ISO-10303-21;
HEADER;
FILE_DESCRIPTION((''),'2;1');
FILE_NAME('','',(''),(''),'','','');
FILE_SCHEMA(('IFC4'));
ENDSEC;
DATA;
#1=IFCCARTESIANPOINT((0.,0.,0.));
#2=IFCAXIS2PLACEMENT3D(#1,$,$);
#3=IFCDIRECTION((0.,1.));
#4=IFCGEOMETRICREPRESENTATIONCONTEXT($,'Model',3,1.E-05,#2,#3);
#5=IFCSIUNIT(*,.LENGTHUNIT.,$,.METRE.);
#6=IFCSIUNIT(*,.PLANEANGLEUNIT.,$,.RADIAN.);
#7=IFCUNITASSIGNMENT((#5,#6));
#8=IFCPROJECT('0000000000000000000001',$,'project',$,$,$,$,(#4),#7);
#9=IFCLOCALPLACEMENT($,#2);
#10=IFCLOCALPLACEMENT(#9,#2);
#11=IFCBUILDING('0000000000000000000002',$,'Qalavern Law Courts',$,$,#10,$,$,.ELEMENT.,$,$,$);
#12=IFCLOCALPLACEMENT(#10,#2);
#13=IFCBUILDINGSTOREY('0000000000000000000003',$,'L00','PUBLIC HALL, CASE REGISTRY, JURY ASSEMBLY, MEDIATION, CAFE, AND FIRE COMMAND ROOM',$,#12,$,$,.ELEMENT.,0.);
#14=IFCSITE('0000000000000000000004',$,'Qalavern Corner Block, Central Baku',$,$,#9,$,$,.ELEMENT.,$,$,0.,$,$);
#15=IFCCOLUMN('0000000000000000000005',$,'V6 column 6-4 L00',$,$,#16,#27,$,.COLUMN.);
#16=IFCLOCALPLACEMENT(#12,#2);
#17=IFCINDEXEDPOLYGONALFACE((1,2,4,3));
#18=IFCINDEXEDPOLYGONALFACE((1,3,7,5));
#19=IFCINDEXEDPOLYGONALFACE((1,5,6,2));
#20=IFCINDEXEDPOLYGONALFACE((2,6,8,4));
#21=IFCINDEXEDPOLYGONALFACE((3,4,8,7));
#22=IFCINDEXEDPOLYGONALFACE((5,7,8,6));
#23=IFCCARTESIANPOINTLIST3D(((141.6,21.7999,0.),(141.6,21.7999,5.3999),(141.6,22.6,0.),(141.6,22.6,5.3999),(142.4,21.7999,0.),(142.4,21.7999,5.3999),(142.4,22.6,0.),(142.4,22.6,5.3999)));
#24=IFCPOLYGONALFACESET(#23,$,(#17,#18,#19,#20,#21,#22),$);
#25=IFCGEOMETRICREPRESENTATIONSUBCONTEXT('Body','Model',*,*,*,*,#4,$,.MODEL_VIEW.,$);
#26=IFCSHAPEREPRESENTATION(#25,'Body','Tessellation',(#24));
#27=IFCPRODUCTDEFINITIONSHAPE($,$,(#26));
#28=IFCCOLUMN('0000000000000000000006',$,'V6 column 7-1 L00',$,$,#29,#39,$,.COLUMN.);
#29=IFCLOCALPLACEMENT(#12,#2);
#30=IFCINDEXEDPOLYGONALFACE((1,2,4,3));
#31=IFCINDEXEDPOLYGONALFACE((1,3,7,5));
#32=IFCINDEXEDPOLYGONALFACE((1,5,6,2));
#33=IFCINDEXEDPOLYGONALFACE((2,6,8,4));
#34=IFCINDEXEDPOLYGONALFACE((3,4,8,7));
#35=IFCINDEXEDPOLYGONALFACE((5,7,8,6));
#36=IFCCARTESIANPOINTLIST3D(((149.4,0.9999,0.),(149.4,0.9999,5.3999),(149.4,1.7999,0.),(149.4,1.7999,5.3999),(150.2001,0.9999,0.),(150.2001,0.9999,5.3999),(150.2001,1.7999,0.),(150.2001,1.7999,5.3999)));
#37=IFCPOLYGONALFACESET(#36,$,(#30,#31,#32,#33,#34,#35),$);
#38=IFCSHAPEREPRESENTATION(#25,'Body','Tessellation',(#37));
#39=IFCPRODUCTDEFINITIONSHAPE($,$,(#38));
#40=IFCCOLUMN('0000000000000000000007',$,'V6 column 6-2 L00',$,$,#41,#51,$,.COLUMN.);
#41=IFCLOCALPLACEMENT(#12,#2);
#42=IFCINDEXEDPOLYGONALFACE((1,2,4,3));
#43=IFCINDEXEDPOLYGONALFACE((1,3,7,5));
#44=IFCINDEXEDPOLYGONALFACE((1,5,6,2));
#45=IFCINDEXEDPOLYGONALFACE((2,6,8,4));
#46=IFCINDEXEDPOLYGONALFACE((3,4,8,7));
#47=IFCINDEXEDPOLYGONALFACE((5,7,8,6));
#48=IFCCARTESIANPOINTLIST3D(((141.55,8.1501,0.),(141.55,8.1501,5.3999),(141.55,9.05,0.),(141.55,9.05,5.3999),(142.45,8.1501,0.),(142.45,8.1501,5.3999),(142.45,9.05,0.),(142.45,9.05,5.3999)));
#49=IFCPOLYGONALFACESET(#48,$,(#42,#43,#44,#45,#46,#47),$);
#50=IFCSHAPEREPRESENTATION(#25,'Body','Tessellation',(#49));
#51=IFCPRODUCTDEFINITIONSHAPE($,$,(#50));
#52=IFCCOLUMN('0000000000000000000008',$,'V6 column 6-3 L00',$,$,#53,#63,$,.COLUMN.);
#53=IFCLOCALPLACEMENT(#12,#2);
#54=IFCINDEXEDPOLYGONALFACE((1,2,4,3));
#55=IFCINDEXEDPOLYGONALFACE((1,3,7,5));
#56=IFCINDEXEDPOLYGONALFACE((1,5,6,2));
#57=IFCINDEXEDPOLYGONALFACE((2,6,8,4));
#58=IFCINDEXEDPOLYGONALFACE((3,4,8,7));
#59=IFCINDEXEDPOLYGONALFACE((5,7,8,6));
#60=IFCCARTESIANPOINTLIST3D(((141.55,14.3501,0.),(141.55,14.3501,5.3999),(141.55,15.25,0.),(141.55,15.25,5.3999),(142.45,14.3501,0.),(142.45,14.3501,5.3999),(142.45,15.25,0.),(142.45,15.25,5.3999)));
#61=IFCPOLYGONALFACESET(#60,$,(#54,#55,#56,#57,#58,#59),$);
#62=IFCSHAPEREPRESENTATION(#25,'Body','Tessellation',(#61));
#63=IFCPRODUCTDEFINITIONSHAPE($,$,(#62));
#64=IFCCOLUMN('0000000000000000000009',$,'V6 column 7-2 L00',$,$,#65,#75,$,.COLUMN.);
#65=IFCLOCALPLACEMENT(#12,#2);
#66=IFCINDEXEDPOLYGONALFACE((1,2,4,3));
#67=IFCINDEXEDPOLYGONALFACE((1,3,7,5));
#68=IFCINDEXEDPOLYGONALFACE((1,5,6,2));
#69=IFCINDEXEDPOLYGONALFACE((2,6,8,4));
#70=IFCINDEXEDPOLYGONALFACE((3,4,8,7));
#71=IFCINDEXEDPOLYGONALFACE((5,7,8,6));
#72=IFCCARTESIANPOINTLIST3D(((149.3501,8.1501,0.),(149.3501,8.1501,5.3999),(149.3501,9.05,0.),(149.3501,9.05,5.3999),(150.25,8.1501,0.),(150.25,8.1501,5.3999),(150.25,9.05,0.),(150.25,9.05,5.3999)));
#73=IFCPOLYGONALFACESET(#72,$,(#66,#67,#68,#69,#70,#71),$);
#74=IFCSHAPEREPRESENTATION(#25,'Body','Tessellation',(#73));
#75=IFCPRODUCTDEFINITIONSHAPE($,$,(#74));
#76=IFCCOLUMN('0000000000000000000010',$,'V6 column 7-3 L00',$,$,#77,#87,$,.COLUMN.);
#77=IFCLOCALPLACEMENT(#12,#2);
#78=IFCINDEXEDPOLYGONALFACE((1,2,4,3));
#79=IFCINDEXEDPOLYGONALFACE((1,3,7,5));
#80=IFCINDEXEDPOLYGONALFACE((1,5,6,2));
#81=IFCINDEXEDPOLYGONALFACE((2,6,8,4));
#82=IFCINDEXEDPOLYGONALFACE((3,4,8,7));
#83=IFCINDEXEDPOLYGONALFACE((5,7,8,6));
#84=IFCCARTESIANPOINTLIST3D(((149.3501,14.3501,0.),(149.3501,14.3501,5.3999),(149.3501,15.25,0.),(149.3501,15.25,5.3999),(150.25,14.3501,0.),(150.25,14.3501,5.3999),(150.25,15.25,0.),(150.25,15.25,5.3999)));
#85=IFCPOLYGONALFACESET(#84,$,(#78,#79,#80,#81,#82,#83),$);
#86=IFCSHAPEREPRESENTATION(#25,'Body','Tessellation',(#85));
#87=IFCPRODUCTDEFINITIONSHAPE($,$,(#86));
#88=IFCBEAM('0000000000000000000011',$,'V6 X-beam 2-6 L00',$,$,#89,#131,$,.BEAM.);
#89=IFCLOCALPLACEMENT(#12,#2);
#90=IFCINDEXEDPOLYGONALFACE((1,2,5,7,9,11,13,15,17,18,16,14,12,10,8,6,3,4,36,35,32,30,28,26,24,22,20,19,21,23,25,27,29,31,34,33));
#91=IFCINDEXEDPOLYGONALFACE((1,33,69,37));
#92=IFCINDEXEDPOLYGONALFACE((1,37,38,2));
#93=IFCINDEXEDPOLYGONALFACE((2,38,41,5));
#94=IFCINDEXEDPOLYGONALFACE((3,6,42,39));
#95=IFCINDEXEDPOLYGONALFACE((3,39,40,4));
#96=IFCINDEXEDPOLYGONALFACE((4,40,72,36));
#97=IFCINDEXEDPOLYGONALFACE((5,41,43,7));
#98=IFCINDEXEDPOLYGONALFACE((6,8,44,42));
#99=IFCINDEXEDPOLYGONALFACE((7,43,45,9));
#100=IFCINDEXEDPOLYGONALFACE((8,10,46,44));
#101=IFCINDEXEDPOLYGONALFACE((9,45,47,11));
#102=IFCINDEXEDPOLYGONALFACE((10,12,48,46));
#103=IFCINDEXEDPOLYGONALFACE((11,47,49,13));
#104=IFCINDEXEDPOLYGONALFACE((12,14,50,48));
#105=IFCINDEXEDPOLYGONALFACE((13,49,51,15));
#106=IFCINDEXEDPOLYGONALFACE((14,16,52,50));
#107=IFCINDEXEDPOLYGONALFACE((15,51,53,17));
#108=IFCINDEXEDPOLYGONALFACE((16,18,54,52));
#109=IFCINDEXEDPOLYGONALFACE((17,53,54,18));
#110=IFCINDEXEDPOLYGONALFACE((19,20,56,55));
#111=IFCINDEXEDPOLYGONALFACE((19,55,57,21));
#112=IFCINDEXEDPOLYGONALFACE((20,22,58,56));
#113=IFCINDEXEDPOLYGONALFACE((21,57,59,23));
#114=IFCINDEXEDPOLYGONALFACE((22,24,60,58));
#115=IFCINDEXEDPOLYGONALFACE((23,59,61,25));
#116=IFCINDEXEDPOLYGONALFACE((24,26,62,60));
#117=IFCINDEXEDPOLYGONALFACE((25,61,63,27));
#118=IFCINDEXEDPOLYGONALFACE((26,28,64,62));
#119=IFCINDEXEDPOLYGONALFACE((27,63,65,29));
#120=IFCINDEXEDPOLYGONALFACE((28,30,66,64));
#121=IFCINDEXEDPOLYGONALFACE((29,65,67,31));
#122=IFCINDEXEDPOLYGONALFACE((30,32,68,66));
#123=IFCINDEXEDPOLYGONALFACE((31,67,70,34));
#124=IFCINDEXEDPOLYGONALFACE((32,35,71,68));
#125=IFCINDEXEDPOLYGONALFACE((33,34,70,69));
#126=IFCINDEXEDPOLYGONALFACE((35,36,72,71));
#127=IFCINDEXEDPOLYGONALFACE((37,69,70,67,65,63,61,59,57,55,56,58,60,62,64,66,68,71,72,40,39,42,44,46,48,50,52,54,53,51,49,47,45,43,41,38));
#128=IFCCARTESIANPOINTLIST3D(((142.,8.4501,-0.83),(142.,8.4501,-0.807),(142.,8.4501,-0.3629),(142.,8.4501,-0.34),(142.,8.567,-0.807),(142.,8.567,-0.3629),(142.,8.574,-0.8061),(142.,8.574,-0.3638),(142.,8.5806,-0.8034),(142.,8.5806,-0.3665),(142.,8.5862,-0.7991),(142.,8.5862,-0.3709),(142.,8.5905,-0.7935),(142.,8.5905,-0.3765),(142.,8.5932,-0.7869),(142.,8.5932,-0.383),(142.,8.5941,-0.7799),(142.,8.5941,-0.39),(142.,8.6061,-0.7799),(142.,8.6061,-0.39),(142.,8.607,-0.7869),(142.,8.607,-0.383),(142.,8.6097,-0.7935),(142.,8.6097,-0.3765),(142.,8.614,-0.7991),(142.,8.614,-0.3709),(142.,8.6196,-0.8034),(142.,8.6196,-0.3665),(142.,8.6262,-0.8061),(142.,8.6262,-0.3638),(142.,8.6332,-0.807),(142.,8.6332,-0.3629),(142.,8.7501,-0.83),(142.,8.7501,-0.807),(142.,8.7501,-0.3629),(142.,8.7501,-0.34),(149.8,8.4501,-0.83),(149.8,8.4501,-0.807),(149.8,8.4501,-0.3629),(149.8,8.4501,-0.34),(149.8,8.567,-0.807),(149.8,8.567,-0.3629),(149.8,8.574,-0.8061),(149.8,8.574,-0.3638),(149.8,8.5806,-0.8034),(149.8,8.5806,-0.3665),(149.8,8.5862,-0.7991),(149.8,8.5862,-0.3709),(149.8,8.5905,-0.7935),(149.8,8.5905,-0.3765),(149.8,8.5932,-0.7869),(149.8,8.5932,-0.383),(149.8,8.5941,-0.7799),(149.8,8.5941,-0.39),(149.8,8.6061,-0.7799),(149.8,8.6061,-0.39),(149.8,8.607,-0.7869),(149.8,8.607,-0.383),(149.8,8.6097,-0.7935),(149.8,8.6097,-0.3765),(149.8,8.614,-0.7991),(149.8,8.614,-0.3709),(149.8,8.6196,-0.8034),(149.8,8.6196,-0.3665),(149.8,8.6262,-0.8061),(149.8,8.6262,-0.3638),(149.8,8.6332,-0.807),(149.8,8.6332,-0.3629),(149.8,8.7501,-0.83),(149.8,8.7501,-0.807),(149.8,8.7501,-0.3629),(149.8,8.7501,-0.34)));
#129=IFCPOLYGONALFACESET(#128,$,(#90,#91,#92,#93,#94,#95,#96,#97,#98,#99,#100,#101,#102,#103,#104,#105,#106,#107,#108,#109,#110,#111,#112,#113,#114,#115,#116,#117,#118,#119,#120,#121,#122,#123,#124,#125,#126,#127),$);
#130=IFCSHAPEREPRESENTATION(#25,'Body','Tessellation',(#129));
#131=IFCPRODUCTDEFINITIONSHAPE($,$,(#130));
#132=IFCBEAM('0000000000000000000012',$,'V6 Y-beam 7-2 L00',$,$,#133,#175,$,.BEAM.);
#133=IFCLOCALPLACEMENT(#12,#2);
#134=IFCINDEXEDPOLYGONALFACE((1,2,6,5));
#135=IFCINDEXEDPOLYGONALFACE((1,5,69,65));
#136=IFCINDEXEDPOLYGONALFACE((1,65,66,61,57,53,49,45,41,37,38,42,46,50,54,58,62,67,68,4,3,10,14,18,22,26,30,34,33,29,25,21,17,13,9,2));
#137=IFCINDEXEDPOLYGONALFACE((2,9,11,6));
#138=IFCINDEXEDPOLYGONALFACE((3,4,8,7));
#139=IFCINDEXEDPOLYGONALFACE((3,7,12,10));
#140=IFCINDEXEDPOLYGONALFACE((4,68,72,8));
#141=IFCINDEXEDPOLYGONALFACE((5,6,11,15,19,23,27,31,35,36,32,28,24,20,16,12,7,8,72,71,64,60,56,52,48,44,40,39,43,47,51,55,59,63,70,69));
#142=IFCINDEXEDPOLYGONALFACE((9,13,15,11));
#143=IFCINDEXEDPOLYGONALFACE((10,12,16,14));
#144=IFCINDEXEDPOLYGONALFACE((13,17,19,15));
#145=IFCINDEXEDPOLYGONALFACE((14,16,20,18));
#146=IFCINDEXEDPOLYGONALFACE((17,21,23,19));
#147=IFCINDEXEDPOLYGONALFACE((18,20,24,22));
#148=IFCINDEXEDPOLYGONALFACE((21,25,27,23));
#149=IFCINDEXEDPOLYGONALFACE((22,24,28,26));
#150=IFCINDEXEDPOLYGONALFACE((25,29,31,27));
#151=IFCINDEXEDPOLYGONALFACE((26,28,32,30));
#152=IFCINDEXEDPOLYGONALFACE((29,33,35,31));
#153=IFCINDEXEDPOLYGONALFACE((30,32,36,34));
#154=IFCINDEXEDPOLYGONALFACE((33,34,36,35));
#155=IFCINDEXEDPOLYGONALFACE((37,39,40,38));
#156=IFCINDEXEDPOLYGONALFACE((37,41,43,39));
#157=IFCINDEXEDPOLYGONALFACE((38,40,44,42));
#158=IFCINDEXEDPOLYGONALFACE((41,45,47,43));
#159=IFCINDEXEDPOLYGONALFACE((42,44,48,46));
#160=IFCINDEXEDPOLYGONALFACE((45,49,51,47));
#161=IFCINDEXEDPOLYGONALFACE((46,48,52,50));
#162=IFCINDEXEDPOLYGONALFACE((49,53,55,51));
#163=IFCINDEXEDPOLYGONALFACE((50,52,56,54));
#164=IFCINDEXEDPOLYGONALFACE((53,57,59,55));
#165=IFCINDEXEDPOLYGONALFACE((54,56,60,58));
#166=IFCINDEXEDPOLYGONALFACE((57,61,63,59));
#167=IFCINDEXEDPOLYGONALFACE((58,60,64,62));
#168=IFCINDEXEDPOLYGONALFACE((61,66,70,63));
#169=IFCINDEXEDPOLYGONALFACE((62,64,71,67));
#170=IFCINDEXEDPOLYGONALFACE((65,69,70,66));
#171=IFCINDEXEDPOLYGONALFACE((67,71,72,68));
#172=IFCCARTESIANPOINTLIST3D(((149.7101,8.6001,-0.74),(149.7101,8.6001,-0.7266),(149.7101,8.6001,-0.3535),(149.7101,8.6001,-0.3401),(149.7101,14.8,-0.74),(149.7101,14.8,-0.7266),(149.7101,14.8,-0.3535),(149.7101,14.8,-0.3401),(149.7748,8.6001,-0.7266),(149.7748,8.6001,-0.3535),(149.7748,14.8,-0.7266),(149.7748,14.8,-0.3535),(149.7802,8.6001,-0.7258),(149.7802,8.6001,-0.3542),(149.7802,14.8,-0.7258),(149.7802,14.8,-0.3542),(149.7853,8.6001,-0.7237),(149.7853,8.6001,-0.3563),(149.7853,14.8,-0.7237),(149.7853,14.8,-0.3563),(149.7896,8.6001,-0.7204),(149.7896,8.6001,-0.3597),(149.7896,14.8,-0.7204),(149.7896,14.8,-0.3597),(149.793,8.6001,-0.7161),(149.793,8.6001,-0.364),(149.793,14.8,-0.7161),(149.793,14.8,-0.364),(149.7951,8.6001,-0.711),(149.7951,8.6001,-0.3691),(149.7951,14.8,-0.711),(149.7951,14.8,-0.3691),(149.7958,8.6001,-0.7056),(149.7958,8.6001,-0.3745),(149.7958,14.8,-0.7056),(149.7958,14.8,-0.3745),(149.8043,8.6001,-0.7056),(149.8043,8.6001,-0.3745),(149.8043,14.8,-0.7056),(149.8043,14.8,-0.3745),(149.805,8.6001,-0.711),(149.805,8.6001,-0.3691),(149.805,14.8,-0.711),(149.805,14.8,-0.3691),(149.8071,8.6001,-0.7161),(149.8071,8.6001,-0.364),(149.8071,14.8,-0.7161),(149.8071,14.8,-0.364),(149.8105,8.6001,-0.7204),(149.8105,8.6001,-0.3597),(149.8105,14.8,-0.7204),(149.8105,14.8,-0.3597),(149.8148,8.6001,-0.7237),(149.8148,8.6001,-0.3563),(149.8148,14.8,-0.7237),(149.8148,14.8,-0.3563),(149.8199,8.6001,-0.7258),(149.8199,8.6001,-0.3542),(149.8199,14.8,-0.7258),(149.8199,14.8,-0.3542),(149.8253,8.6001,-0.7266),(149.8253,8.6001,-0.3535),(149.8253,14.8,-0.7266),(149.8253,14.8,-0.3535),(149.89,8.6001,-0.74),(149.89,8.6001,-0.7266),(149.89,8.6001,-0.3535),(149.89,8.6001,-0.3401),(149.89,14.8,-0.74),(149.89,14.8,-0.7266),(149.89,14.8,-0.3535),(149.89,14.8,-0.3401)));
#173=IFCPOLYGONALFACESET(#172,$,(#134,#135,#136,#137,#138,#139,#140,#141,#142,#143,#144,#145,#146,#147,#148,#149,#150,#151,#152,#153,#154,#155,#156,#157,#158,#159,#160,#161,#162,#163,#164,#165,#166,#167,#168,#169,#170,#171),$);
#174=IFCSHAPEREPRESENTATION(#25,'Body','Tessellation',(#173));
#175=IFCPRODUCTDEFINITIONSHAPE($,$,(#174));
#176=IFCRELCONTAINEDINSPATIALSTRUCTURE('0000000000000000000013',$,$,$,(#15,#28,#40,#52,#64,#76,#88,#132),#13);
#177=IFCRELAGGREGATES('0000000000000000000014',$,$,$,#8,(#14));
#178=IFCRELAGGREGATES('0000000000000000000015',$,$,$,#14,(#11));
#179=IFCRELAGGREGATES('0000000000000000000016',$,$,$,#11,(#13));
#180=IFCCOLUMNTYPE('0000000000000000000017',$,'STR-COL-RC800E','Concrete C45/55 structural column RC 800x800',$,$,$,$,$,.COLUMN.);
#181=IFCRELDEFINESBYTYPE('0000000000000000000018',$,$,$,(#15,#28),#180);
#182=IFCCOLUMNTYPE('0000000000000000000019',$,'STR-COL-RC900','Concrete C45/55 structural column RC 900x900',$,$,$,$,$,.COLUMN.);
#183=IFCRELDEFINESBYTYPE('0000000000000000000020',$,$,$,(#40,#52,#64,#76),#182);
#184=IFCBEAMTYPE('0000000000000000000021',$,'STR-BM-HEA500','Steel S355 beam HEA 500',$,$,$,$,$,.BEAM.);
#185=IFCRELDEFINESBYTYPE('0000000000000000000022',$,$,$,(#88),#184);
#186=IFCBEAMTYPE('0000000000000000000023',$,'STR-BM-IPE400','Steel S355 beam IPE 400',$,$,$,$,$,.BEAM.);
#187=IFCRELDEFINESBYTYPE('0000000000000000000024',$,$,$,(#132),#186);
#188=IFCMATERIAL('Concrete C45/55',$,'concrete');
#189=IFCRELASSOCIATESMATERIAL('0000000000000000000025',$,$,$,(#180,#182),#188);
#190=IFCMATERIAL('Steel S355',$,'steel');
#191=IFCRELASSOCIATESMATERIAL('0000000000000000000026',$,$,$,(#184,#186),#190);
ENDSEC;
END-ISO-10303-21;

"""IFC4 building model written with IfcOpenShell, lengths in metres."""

from ifc_helpers import new_model, si_unit, direction, frame, origin, origin_2d, place, context, subcontext, project, spatial, rectangle, i_section, extrude, material, material_profile, profile_set, type_object, element, save


model = new_model("IFC4")

# Units and contexts
model_context = context("Model", 3, precision=1e-05, world=origin(), true_north=direction((0.0, 1.0)))
body_context = subcontext(model_context, "Body", "Model", "MODEL_VIEW")
ifc_project = project(units=[si_unit("LENGTHUNIT", "METRE"), si_unit("PLANEANGLEUNIT", "RADIAN")], contexts=[model_context])

# Site, building, storey
site_placement = place(None, origin())
site = spatial("IfcSite", under=ifc_project, at=site_placement, Name="Qalavern Corner Block, Central Baku", CompositionType="ELEMENT", RefElevation=0.0)
building_placement = place(site_placement, origin())
building = spatial("IfcBuilding", under=site, at=building_placement, Name="Qalavern Law Courts", CompositionType="ELEMENT")
storey_placement = place(building_placement, origin())
storey = spatial("IfcBuildingStorey", under=building, at=storey_placement, Name="L00", Description="PUBLIC HALL, CASE REGISTRY, JURY ASSEMBLY, MEDIATION, CAFE, AND FIRE COMMAND ROOM", CompositionType="ELEMENT", Elevation=0.0)

# Columns
ifc_material_1 = material(Name="Concrete C45/55", Category="concrete")
ifc_material_profile_1 = material_profile(ifc_material_1, rectangle(XDim=0.8, YDim=0.8, at=origin_2d()), Name="RC 800x800")
ifc_profile_set_1 = profile_set([ifc_material_profile_1], Name="Concrete C45/55")
column_type_1 = type_object("IfcColumnType", Name="STR-COL-RC800E", Description="Concrete C45/55 structural column RC 800x800", PredefinedType="COLUMN", material=ifc_profile_set_1)
for number, where, z_axis, x_axis, name in (
    (1, (142.0, 22.2, 0.0), (0.0, 0.0, 1.0), (1.0, 0.0, 0.0), "V6 column 6-4 L00"),
    (2, (149.8, 1.3999, 0.0), (0.0, 0.0, 1.0), (1.0, 0.0, 0.0), "V6 column 7-1 L00"),
):
    element("IfcColumn", number, at=place(storey_placement, frame(where, z_axis=z_axis, x_axis=x_axis)), inside=storey, type_object=column_type_1, Name=name, PredefinedType="COLUMN", context=body_context, shape_type="SweptSolid", body=[
        extrude(rectangle(XDim=0.8, YDim=0.8, at=origin_2d()), origin(), (0.0, 0.0, 1.0), 5.3999),
    ])
ifc_material_profile_2 = material_profile(ifc_material_1, rectangle(XDim=0.8999, YDim=0.8999, at=origin_2d()), Name="RC 900x900")
ifc_profile_set_2 = profile_set([ifc_material_profile_2], Name="Concrete C45/55")
column_type_2 = type_object("IfcColumnType", Name="STR-COL-RC900", Description="Concrete C45/55 structural column RC 900x900", PredefinedType="COLUMN", material=ifc_profile_set_2)
for number, where, z_axis, x_axis, name in (
    (3, (142.0, 8.6001, 0.0), (0.0, 0.0, 1.0), (1.0, 0.0, 0.0), "V6 column 6-2 L00"),
    (4, (142.0, 14.8, 0.0), (0.0, 0.0, 1.0), (1.0, 0.0, 0.0), "V6 column 6-3 L00"),
    (5, (149.8, 8.6001, 0.0), (0.0, 0.0, 1.0), (1.0, 0.0, 0.0), "V6 column 7-2 L00"),
    (6, (149.8, 14.8, 0.0), (0.0, 0.0, 1.0), (1.0, 0.0, 0.0), "V6 column 7-3 L00"),
):
    element("IfcColumn", number, at=place(storey_placement, frame(where, z_axis=z_axis, x_axis=x_axis)), inside=storey, type_object=column_type_2, Name=name, PredefinedType="COLUMN", context=body_context, shape_type="SweptSolid", body=[
        extrude(rectangle(XDim=0.8999, YDim=0.8999, at=origin_2d()), origin(), (0.0, 0.0, 1.0), 5.3999),
    ])

# Beams
ifc_material_2 = material(Name="Steel S355", Category="steel")
ifc_material_profile_3 = material_profile(ifc_material_2, i_section(OverallWidth=0.3, OverallDepth=0.49, WebThickness=0.012, FlangeThickness=0.0229, FilletRadius=0.0271, at=origin_2d()), Name="HEA 500")
ifc_profile_set_3 = profile_set([ifc_material_profile_3], Name="Steel S355")
beam_type_1 = type_object("IfcBeamType", Name="STR-BM-HEA500", Description="Steel S355 beam HEA 500", PredefinedType="BEAM", material=ifc_profile_set_3)
beam_1_placement = place(storey_placement, frame((142.0, 8.6001, -0.585), z_axis=(1.0, 0.0, 0.0), x_axis=(0.0, 1.0, 0.0)))
element("IfcBeam", 7, at=beam_1_placement, inside=storey, type_object=beam_type_1, Name="V6 X-beam 2-6 L00", PredefinedType="BEAM", context=body_context, shape_type="SweptSolid", body=[
    extrude(i_section(OverallWidth=0.3, OverallDepth=0.49, WebThickness=0.012, FlangeThickness=0.0229, FilletRadius=0.0271, at=origin_2d()), origin(), (0.0, 0.0, 1.0), 7.8),
])
ifc_material_profile_4 = material_profile(ifc_material_2, i_section(OverallWidth=0.1799, OverallDepth=0.3999, WebThickness=0.0085, FlangeThickness=0.0134, FilletRadius=0.021, at=origin_2d()), Name="IPE 400")
ifc_profile_set_4 = profile_set([ifc_material_profile_4], Name="Steel S355")
beam_type_2 = type_object("IfcBeamType", Name="STR-BM-IPE400", Description="Steel S355 beam IPE 400", PredefinedType="BEAM", material=ifc_profile_set_4)
beam_2_placement = place(storey_placement, frame((149.8, 8.6001, -0.54), z_axis=(0.0, 1.0, 0.0), x_axis=(-1.0, 0.0, 0.0)))
element("IfcBeam", 8, at=beam_2_placement, inside=storey, type_object=beam_type_2, Name="V6 Y-beam 7-2 L00", PredefinedType="BEAM", context=body_context, shape_type="SweptSolid", body=[
    extrude(i_section(OverallWidth=0.1799, OverallDepth=0.3999, WebThickness=0.0085, FlangeThickness=0.0134, FilletRadius=0.021, at=origin_2d()), origin(), (0.0, 0.0, 1.0), 6.2),
])

save(model, "model.ifc")
